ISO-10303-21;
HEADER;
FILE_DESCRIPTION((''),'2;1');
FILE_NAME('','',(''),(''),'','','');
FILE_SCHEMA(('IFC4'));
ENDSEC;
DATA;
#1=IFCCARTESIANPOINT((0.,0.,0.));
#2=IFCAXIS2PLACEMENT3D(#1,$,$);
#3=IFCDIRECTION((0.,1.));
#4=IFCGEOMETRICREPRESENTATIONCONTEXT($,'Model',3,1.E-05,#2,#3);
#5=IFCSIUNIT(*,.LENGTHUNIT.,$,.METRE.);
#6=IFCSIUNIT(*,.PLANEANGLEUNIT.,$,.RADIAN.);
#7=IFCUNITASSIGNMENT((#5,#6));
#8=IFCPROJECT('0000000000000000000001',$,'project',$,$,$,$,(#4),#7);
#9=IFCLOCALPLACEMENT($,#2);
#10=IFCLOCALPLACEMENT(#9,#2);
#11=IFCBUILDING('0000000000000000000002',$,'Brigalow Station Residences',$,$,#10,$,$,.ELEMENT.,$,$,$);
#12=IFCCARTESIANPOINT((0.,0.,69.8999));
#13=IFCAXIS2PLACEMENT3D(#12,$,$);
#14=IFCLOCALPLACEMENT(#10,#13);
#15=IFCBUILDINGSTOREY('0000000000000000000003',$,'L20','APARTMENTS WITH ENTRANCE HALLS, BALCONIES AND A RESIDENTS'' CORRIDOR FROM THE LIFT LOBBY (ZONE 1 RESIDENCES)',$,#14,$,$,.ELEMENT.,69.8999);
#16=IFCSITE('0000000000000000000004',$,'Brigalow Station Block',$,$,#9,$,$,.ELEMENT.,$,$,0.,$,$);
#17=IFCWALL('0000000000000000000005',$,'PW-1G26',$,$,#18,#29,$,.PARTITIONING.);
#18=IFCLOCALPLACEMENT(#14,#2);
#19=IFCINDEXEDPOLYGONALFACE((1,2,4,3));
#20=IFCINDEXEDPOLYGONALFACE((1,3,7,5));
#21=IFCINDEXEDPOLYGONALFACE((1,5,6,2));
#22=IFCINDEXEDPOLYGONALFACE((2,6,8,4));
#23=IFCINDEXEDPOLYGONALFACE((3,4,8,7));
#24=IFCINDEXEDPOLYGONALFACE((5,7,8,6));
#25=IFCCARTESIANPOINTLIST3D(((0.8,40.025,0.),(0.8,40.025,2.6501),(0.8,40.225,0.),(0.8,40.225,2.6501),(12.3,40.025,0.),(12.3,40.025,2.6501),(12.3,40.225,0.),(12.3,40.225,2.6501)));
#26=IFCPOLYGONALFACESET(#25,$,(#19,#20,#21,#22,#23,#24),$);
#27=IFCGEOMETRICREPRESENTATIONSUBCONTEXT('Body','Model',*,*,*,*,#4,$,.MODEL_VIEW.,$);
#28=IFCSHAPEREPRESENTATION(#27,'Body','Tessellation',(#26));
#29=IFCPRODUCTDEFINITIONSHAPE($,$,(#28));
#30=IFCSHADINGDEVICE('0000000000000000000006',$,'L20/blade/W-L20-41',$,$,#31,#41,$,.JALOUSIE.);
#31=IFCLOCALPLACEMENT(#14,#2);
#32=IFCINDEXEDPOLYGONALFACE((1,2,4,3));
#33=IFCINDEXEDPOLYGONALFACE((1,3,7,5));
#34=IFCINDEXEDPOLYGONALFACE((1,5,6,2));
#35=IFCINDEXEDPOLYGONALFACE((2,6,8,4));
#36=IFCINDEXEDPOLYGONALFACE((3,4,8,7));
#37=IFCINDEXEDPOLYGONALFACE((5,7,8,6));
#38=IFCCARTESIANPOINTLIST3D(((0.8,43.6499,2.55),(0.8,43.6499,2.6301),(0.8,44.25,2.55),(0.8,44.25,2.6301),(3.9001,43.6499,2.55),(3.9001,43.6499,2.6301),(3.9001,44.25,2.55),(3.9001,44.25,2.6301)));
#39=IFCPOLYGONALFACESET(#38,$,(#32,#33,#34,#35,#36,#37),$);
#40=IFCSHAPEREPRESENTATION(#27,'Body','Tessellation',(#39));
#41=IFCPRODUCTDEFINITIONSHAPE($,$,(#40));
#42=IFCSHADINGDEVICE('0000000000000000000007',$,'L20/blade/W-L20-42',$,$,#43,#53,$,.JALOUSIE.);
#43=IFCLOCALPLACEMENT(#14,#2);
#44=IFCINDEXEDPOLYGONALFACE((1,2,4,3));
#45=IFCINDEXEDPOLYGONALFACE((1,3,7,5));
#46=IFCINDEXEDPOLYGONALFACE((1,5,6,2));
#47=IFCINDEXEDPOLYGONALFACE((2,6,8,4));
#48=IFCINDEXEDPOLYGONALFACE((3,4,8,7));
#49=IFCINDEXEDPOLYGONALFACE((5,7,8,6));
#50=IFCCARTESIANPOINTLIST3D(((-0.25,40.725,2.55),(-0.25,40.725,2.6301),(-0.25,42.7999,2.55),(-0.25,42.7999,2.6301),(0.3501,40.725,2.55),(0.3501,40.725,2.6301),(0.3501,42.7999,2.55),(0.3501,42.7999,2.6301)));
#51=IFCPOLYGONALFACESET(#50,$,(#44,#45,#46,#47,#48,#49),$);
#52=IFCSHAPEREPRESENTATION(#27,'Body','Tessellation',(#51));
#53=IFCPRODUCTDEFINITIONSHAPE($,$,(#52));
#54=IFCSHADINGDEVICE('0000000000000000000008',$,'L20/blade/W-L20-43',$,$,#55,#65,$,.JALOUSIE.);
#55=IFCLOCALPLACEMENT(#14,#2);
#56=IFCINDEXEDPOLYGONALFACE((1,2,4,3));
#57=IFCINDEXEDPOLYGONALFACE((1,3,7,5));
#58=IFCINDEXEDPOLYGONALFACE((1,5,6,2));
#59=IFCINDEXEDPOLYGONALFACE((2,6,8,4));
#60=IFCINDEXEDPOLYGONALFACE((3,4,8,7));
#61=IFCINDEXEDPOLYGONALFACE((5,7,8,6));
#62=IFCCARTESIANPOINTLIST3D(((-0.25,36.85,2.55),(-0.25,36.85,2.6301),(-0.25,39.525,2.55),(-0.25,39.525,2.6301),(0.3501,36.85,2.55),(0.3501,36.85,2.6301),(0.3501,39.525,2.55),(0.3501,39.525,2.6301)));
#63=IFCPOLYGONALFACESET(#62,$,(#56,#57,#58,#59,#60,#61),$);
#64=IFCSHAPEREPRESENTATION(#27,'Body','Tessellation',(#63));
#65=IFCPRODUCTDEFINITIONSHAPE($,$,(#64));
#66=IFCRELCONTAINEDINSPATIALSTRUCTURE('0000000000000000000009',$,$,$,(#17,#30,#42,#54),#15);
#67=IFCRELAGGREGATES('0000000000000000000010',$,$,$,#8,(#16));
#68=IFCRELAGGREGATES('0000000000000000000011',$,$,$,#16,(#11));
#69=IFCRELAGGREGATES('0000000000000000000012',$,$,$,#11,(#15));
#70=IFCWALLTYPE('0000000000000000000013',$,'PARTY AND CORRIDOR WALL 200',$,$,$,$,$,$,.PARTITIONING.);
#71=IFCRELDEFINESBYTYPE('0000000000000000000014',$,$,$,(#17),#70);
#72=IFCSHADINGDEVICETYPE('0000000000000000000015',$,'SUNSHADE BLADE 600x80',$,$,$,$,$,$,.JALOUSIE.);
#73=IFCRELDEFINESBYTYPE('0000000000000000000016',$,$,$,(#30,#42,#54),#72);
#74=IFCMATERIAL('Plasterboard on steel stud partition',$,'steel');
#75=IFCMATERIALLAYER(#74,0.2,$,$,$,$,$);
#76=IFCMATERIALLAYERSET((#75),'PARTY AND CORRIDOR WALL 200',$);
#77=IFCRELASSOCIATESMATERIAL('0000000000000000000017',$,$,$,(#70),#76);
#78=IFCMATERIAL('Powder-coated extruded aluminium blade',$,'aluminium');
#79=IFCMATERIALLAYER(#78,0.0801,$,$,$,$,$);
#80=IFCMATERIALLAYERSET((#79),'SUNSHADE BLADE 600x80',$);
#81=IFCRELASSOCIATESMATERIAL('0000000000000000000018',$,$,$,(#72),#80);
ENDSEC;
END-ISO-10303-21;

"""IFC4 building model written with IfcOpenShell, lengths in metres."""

from ifc_helpers import new_model, si_unit, direction, frame, frame_2d, origin, origin_2d, place, context, subcontext, project, spatial, rectangle, extrude, material, layer, layer_set, type_object, element, save


model = new_model("IFC4")

# Units and contexts
model_context = context("Model", 3, precision=1e-05, world=origin(), true_north=direction((0.0, 1.0)))
body_context = subcontext(model_context, "Body", "Model", "MODEL_VIEW")
ifc_project = project(units=[si_unit("LENGTHUNIT", "METRE"), si_unit("PLANEANGLEUNIT", "RADIAN")], contexts=[model_context])

# Site, building, storey
site_placement = place(None, origin())
site = spatial("IfcSite", under=ifc_project, at=site_placement, Name="Brigalow Station Block", CompositionType="ELEMENT", RefElevation=0.0)
building_placement = place(site_placement, origin())
building = spatial("IfcBuilding", under=site, at=building_placement, Name="Brigalow Station Residences", CompositionType="ELEMENT")
storey_placement = place(building_placement, frame((0.0, 0.0, 69.8999)))
storey = spatial("IfcBuildingStorey", under=building, at=storey_placement, Name="L20", Description="APARTMENTS WITH ENTRANCE HALLS, BALCONIES AND A RESIDENTS' CORRIDOR FROM THE LIFT LOBBY (ZONE 1 RESIDENCES)", CompositionType="ELEMENT", Elevation=69.8999)

# Wall
ifc_material_1 = material(Name="Plasterboard on steel stud partition", Category="steel")
ifc_layer_1 = layer(ifc_material_1, 0.2)
ifc_layer_set_1 = layer_set([ifc_layer_1], Name="PARTY AND CORRIDOR WALL 200")
wall_type_1 = type_object("IfcWallType", Name="PARTY AND CORRIDOR WALL 200", PredefinedType="PARTITIONING", material=ifc_layer_set_1)
wall_1_placement = place(storey_placement, frame((0.8, 40.125, 0.0), z_axis=(0.0, 0.0, 1.0), x_axis=(1.0, 0.0, 0.0)))
element("IfcWall", 1, at=wall_1_placement, inside=storey, type_object=wall_type_1, Name="PW-1G26", PredefinedType="PARTITIONING", context=body_context, shape_type="SweptSolid", body=[
    extrude(rectangle(XDim=11.5, YDim=0.2, at=frame_2d((5.75, 0.0))), origin(), (0.0, 0.0, 1.0), 2.6501),
])

# Shading devices
ifc_material_2 = material(Name="Powder-coated extruded aluminium blade", Category="aluminium")
ifc_layer_2 = layer(ifc_material_2, 0.0801)
ifc_layer_set_2 = layer_set([ifc_layer_2], Name="SUNSHADE BLADE 600x80")
shading_device_type = type_object("IfcShadingDeviceType", Name="SUNSHADE BLADE 600x80", PredefinedType="JALOUSIE", material=ifc_layer_set_2)
shading_device_1_placement = place(storey_placement, frame((2.3501, 43.95, 2.55), z_axis=(0.0, 0.0, 1.0), x_axis=(-1.0, 0.0, 0.0)))
element("IfcShadingDevice", 2, at=shading_device_1_placement, inside=storey, type_object=shading_device_type, Name="L20/blade/W-L20-41", PredefinedType="JALOUSIE", context=body_context, shape_type="SweptSolid", body=[
    extrude(rectangle(XDim=3.1001, YDim=0.6001, at=origin_2d()), origin(), (0.0, 0.0, 1.0), 0.0801),
])
shading_device_2_placement = place(storey_placement, frame((0.05, 41.7625, 2.55), z_axis=(0.0, 0.0, 1.0), x_axis=(0.0, -1.0, 0.0)))
element("IfcShadingDevice", 3, at=shading_device_2_placement, inside=storey, type_object=shading_device_type, Name="L20/blade/W-L20-42", PredefinedType="JALOUSIE", context=body_context, shape_type="SweptSolid", body=[
    extrude(rectangle(XDim=2.075, YDim=0.6001, at=origin_2d()), origin(), (0.0, 0.0, 1.0), 0.0801),
])
shading_device_3_placement = place(storey_placement, frame((0.05, 38.1875, 2.55), z_axis=(0.0, 0.0, 1.0), x_axis=(0.0, -1.0, 0.0)))
element("IfcShadingDevice", 4, at=shading_device_3_placement, inside=storey, type_object=shading_device_type, Name="L20/blade/W-L20-43", PredefinedType="JALOUSIE", context=body_context, shape_type="SweptSolid", body=[
    extrude(rectangle(XDim=2.675, YDim=0.6001, at=origin_2d()), origin(), (0.0, 0.0, 1.0), 0.0801),
])

save(model, "model.ifc")
